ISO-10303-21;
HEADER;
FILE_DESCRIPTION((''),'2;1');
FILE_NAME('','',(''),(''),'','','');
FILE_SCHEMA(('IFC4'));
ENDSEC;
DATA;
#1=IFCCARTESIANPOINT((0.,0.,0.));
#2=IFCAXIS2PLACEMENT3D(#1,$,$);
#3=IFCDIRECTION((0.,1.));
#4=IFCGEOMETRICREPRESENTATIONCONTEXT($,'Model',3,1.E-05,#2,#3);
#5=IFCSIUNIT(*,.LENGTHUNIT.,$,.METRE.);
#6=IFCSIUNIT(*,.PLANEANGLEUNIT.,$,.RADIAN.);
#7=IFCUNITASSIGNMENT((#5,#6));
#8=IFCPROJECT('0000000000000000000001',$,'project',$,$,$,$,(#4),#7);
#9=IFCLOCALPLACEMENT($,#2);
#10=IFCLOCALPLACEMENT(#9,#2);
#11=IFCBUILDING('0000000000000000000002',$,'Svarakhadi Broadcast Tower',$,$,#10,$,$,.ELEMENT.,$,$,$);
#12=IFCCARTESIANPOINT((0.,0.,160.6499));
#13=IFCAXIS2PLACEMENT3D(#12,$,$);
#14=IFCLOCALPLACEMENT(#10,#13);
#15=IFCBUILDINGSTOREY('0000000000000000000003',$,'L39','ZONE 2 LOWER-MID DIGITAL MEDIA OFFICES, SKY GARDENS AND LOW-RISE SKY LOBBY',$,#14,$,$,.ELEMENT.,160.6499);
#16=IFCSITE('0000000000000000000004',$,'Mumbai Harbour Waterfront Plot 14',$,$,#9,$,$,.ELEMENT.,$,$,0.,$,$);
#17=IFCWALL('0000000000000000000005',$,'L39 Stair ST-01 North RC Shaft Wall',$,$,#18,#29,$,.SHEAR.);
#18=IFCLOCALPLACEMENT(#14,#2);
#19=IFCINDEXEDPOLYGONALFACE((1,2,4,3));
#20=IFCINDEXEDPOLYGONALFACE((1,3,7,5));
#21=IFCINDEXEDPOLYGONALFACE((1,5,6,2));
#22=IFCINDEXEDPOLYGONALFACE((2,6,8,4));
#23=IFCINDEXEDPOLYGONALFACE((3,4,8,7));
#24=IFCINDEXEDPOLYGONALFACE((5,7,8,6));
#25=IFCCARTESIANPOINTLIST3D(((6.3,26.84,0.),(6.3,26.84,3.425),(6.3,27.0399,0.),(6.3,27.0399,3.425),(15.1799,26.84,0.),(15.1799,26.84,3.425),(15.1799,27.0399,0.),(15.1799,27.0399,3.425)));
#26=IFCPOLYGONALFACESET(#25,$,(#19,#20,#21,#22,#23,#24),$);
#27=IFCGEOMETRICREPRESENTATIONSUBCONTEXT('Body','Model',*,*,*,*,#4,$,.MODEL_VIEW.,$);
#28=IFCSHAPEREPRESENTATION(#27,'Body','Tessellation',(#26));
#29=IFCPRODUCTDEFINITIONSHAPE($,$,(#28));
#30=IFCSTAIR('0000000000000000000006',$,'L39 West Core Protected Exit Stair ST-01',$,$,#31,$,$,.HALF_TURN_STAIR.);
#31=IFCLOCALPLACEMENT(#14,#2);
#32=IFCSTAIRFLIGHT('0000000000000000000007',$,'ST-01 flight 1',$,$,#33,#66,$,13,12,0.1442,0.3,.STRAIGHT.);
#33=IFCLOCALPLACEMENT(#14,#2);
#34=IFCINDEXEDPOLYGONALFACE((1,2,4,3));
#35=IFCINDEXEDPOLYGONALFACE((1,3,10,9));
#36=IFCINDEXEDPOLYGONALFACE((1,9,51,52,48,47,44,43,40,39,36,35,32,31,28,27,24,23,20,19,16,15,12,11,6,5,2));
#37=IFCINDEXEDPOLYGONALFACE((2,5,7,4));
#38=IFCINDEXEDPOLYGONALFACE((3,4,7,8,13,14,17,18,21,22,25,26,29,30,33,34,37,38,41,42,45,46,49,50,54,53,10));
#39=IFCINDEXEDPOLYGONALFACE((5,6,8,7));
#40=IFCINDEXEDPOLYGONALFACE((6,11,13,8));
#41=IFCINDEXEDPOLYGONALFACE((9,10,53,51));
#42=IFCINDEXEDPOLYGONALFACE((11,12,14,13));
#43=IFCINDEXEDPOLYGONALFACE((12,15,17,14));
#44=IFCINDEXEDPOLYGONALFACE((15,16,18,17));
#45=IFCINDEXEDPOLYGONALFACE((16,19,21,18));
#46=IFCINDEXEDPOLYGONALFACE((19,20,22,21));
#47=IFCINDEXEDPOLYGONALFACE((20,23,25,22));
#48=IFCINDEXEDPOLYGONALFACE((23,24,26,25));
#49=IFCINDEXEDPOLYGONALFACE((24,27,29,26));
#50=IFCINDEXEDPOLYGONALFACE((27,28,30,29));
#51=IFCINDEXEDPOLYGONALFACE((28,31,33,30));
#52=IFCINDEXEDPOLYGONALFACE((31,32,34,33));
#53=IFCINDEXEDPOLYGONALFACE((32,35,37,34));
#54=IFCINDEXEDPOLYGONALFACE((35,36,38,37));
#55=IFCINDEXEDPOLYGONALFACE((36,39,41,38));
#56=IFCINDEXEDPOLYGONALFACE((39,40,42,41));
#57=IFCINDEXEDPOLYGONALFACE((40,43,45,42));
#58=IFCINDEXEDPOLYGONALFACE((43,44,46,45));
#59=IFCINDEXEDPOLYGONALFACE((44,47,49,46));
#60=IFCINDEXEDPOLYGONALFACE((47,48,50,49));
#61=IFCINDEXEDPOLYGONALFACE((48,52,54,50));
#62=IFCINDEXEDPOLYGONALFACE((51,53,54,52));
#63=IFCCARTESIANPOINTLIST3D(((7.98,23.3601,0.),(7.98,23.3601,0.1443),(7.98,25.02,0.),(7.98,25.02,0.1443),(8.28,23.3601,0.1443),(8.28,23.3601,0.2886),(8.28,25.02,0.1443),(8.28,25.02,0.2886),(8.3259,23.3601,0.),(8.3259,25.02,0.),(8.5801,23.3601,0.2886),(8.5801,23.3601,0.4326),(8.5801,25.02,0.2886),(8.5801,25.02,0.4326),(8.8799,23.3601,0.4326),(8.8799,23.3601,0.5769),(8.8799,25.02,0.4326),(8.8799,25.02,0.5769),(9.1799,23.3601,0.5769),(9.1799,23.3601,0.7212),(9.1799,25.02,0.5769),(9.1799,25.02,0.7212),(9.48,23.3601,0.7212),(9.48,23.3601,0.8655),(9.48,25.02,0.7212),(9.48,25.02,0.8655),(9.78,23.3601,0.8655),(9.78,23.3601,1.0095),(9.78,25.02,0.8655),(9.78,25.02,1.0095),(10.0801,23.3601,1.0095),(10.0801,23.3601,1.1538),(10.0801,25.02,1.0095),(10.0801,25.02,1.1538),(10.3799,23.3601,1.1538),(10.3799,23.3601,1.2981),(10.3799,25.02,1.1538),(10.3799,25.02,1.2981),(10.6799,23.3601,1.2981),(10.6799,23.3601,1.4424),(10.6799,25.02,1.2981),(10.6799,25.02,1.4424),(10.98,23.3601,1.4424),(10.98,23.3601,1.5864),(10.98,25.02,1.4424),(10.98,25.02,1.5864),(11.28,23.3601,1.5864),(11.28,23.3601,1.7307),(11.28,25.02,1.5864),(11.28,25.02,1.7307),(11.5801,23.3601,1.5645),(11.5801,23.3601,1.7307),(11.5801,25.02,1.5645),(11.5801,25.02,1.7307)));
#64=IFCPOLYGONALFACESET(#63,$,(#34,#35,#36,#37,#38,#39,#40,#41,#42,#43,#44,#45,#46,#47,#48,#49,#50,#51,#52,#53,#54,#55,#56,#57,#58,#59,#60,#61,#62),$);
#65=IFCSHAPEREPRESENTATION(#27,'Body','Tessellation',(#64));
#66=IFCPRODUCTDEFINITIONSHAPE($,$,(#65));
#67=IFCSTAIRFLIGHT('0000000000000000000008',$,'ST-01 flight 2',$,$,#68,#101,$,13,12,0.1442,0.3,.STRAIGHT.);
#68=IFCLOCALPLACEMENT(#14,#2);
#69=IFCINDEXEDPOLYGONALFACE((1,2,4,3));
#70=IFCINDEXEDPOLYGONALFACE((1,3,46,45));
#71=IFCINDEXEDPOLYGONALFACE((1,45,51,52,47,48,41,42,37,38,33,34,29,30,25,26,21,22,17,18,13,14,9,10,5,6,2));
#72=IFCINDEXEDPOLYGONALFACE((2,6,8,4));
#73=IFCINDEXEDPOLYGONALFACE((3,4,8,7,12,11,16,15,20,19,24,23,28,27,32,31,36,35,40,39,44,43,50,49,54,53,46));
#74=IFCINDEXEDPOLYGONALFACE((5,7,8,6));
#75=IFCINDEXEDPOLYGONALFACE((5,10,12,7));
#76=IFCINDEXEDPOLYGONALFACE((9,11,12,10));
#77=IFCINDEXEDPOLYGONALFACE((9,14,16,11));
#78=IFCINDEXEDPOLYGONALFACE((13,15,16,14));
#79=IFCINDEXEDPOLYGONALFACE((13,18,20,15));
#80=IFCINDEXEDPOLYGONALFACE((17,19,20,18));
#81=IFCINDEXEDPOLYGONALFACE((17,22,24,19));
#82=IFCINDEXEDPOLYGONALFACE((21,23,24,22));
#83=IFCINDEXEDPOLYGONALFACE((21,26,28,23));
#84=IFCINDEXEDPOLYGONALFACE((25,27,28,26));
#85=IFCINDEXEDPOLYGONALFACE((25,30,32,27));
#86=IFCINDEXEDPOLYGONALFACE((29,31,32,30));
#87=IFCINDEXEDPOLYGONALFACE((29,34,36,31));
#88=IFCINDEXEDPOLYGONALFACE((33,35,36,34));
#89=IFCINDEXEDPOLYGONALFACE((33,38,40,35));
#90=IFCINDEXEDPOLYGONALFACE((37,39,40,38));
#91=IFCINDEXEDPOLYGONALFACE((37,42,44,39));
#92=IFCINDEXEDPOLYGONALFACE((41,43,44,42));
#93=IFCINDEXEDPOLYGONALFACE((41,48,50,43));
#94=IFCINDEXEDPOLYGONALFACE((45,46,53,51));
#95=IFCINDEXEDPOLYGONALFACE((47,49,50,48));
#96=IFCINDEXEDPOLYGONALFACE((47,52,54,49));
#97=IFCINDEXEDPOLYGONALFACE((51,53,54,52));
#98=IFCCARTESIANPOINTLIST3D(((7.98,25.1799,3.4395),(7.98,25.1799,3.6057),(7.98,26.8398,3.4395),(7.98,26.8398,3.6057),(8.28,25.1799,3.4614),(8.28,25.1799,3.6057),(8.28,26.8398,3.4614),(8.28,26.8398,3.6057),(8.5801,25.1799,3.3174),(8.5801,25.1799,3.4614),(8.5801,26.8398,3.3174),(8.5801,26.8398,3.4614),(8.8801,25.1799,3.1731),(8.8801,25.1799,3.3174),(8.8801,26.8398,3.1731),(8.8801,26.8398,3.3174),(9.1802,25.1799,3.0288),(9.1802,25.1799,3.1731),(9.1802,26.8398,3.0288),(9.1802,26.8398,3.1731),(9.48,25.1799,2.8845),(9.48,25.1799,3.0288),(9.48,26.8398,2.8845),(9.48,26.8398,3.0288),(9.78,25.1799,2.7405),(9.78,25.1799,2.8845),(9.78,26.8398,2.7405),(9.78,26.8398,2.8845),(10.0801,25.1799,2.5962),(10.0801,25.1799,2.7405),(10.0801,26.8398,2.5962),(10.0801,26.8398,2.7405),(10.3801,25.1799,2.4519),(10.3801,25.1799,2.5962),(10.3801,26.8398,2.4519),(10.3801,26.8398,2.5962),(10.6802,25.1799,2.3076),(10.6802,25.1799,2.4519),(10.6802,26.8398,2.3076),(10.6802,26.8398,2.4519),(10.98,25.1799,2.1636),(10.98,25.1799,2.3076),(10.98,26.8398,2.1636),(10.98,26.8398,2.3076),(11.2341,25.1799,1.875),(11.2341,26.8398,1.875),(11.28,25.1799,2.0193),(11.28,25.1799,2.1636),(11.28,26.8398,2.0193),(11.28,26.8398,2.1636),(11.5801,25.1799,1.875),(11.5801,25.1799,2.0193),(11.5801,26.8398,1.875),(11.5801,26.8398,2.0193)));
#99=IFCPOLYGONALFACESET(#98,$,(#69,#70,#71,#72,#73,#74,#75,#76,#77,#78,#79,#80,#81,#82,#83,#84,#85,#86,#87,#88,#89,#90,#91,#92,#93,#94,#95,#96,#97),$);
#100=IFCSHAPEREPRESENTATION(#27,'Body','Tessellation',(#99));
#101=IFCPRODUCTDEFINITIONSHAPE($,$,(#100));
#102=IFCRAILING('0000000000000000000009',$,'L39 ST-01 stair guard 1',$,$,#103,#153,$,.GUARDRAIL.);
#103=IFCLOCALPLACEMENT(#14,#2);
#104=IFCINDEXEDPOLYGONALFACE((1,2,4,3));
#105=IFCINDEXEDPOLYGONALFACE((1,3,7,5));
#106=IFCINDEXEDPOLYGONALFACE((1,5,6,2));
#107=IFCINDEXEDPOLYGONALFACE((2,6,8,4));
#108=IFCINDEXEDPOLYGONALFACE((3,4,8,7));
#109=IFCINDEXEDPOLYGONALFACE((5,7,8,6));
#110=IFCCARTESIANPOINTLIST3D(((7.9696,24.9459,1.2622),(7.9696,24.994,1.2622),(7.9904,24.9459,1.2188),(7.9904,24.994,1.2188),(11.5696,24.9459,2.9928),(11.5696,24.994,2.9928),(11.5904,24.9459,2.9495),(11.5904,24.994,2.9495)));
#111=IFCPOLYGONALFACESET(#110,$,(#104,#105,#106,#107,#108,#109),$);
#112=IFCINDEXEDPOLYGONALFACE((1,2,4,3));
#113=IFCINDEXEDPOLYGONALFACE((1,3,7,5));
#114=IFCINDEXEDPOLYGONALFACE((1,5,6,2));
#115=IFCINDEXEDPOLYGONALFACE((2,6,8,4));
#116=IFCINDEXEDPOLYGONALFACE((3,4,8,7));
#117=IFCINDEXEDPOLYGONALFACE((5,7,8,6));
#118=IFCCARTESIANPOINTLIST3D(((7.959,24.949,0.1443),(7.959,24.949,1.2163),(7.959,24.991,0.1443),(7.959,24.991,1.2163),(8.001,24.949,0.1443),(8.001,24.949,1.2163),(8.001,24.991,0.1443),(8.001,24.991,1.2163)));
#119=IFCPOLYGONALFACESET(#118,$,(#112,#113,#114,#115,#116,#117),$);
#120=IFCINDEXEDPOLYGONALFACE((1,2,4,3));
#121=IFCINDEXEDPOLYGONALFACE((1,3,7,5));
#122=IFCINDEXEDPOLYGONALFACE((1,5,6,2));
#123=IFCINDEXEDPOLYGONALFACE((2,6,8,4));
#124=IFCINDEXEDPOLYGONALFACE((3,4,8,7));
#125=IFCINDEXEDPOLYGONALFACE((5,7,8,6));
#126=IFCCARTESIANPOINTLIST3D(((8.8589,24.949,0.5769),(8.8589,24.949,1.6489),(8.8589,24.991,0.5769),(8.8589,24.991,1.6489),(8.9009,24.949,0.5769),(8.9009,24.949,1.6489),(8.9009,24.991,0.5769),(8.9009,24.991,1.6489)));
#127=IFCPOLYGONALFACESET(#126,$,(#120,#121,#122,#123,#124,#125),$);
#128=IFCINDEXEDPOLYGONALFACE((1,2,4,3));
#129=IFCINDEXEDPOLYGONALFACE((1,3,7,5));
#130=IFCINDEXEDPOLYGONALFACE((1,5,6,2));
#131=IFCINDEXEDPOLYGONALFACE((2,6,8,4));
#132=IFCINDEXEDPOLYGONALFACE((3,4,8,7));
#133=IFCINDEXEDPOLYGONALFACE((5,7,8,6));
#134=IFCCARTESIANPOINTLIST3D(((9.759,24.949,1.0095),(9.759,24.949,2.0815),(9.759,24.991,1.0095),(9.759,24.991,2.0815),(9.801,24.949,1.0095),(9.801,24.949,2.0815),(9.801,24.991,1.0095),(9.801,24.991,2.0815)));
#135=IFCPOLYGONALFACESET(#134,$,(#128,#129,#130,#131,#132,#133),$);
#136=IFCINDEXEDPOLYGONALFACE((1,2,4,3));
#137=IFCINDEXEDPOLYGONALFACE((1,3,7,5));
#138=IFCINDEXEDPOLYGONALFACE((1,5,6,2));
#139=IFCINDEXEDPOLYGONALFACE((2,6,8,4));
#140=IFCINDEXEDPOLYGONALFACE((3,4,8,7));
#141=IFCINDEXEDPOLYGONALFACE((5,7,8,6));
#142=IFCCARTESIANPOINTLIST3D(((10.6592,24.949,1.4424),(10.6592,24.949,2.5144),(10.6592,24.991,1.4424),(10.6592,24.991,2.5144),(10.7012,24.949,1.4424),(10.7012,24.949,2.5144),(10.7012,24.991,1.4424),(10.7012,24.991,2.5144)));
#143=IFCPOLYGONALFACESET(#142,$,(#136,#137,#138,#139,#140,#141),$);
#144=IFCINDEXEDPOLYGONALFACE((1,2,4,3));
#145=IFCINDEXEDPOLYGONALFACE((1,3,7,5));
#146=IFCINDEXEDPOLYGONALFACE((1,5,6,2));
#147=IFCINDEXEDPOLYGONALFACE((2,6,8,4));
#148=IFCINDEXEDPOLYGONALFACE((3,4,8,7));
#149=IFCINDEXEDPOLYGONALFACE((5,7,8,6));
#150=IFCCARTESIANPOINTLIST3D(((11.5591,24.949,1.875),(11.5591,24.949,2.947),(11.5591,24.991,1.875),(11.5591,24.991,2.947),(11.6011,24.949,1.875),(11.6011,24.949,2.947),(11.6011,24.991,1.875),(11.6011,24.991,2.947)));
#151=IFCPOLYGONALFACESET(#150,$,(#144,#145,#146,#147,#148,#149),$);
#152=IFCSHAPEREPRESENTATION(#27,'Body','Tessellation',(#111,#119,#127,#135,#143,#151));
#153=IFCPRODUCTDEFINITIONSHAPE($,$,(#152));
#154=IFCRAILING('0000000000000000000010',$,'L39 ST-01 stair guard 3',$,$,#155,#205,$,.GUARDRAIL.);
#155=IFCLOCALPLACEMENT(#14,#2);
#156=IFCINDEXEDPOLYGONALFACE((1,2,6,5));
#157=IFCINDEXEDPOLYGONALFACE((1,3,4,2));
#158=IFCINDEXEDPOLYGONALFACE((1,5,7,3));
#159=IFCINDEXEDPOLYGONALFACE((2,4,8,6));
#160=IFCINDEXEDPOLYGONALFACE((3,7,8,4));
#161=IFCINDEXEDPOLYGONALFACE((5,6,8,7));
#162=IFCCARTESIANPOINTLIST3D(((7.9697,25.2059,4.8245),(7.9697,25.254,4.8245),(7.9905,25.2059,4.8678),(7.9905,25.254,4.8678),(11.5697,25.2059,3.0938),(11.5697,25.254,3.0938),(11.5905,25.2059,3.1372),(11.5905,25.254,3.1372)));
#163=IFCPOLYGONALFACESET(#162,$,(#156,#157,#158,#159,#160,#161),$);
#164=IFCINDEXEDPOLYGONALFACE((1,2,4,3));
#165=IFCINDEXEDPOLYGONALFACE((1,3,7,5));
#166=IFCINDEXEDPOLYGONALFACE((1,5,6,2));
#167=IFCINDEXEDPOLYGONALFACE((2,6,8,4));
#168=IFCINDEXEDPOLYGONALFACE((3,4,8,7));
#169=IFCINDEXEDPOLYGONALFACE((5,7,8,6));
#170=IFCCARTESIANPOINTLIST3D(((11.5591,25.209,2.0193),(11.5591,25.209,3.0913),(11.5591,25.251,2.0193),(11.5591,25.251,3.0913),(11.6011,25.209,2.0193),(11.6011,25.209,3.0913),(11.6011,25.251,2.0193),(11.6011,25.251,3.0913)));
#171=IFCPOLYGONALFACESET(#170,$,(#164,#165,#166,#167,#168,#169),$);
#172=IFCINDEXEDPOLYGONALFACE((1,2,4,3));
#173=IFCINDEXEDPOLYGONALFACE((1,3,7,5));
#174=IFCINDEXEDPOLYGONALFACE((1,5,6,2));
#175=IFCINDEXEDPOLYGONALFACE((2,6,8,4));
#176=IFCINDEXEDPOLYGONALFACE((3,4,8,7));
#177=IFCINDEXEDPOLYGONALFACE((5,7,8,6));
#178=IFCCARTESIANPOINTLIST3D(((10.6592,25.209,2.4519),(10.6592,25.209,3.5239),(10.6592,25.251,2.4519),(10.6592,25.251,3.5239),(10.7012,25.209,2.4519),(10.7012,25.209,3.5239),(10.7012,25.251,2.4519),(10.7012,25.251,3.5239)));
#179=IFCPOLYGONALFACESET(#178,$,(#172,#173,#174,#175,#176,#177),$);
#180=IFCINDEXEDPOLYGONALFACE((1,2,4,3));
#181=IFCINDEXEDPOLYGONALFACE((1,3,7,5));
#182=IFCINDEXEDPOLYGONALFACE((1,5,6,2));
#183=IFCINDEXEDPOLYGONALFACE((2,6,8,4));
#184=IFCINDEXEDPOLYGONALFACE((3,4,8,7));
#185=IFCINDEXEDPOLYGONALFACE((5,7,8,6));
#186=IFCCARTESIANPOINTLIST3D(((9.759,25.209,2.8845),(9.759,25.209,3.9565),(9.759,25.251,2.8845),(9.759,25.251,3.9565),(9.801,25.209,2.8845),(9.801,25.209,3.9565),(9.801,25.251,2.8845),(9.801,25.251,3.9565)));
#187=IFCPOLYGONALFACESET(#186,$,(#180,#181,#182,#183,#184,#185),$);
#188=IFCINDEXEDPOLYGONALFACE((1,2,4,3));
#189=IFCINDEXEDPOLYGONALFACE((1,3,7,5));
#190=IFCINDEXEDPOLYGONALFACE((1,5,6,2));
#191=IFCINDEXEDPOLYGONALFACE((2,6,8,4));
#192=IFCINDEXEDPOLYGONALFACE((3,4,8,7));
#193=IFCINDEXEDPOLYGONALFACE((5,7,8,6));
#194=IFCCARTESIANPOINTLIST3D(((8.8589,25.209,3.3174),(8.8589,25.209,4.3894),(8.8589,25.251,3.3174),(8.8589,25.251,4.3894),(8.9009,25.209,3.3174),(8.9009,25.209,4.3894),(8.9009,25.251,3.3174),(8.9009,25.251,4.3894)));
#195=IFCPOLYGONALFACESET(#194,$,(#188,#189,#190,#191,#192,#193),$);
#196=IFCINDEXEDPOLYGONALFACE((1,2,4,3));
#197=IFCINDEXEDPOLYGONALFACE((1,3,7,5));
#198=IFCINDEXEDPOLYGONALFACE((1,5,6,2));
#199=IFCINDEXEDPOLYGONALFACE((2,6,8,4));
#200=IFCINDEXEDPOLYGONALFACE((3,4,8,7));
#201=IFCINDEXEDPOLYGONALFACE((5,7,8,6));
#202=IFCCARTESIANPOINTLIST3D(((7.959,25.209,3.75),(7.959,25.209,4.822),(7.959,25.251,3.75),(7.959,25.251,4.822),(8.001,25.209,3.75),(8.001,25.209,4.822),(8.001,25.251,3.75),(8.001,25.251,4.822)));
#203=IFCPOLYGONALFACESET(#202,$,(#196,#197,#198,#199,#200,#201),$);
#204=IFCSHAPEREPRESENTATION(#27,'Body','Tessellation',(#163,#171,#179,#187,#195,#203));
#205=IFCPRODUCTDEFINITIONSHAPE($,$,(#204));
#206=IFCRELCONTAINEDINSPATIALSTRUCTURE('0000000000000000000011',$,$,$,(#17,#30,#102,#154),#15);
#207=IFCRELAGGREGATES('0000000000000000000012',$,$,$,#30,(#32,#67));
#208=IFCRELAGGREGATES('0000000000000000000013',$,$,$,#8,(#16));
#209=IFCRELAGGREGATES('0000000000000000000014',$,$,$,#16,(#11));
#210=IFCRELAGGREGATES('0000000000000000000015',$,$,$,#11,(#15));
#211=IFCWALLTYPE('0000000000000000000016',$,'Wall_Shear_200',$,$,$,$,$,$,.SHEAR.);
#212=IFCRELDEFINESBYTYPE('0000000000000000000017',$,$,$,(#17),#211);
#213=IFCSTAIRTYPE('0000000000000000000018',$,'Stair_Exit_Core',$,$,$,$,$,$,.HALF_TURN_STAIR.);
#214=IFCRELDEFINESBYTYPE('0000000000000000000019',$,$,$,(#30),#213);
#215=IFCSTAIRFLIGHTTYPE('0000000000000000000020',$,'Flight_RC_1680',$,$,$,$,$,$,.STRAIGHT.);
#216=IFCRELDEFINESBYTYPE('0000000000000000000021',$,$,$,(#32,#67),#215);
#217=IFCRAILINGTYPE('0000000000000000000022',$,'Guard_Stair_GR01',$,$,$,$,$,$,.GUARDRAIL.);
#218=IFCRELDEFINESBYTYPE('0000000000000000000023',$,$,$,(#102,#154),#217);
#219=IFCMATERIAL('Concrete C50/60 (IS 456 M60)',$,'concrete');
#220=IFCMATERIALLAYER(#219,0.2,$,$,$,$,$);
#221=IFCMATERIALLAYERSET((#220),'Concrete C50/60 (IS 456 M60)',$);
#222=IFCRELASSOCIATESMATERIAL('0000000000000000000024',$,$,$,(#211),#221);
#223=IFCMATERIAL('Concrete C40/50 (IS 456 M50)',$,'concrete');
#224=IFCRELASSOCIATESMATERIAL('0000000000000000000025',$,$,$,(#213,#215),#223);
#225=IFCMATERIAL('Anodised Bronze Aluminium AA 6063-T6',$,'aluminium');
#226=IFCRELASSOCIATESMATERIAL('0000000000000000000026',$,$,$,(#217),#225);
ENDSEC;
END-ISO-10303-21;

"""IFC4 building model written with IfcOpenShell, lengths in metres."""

from ifc_helpers import new_model, si_unit, direction, frame, frame_2d, origin, origin_2d, place, context, subcontext, project, spatial, polyline, rectangle, outline, extrude, material, layer, layer_set, type_object, element, aggregate, save


model = new_model("IFC4")

# Units and contexts
model_context = context("Model", 3, precision=1e-05, world=origin(), true_north=direction((0.0, 1.0)))
body_context = subcontext(model_context, "Body", "Model", "MODEL_VIEW")
ifc_project = project(units=[si_unit("LENGTHUNIT", "METRE"), si_unit("PLANEANGLEUNIT", "RADIAN")], contexts=[model_context])

# Site, building, storey
site_placement = place(None, origin())
site = spatial("IfcSite", under=ifc_project, at=site_placement, Name="Mumbai Harbour Waterfront Plot 14", CompositionType="ELEMENT", RefElevation=0.0)
building_placement = place(site_placement, origin())
building = spatial("IfcBuilding", under=site, at=building_placement, Name="Svarakhadi Broadcast Tower", CompositionType="ELEMENT")
storey_placement = place(building_placement, frame((0.0, 0.0, 160.6499)))
storey = spatial("IfcBuildingStorey", under=building, at=storey_placement, Name="L39", Description="ZONE 2 LOWER-MID DIGITAL MEDIA OFFICES, SKY GARDENS AND LOW-RISE SKY LOBBY", CompositionType="ELEMENT", Elevation=160.6499)

# Shared definitions
ifc_material_1 = material(Name="Concrete C50/60 (IS 456 M60)", Category="concrete")

# Shared definitions
ifc_material_2 = material(Name="Concrete C40/50 (IS 456 M50)", Category="concrete")

# Shared definitions
ifc_layer_1 = layer(ifc_material_1, 0.2)
ifc_layer_set_1 = layer_set([ifc_layer_1], Name="Concrete C50/60 (IS 456 M60)")
wall_type_1 = type_object("IfcWallType", Name="Wall_Shear_200", PredefinedType="SHEAR", material=ifc_layer_set_1)

# Wall
wall_1_placement = place(storey_placement, frame((6.3, 26.9399, 0.0), z_axis=(0.0, 0.0, 1.0), x_axis=(1.0, 0.0, 0.0)))
element("IfcWall", 1, at=wall_1_placement, inside=storey, type_object=wall_type_1, Name="L39 Stair ST-01 North RC Shaft Wall", PredefinedType="SHEAR", context=body_context, shape_type="SweptSolid", body=[
    extrude(rectangle(XDim=8.8799, YDim=0.2, at=frame_2d((4.4399, 0.0))), origin(), (0.0, 0.0, 1.0), 3.425),
])

# Stair, stair flights
stair_type = type_object("IfcStairType", Name="Stair_Exit_Core", PredefinedType="HALF_TURN_STAIR", material=ifc_material_2)
stair_placement = place(storey_placement, origin())
stair = element("IfcStair", 2, at=stair_placement, inside=storey, type_object=stair_type, Name="L39 West Core Protected Exit Stair ST-01", PredefinedType="HALF_TURN_STAIR")
stair_flight_type = type_object("IfcStairFlightType", Name="Flight_RC_1680", PredefinedType="STRAIGHT", material=ifc_material_2)
stair_flight_1_placement = place(storey_placement, frame((7.98, 24.1899, 0.0), z_axis=(0.0, 0.0, 1.0), x_axis=(1.0, 0.0, 0.0)))
stair_flight_1 = element("IfcStairFlight", 3, at=stair_flight_1_placement, type_object=stair_flight_type, Name="ST-01 flight 1", NumberOfRisers=13, NumberOfTreads=12, PredefinedType="STRAIGHT", RiserHeight=0.1442, TreadLength=0.3, context=body_context, shape_type="SweptSolid", body=[
    extrude(outline(polyline([(0.0, 0.0), (0.0, 0.1443), (0.3, 0.1443), (0.3, 0.2886), (0.6001, 0.2886), (0.6001, 0.4326), (0.8999, 0.4326), (0.8999, 0.5769), (1.2, 0.5769), (1.2, 0.7212), (1.5, 0.7212), (1.5, 0.8655), (1.8, 0.8655), (1.8, 1.0095), (2.1001, 1.0095), (2.1001, 1.1538), (2.3999, 1.1538), (2.3999, 1.2981), (2.7, 1.2981), (2.7, 1.4424), (3.0, 1.4424), (3.0, 1.5864), (3.3, 1.5864), (3.3, 1.7307), (3.6001, 1.7307), (3.6001, 1.875), (3.6001, 1.5645), (0.3459, 0.0), (0.0, 0.0)])), frame((0.0, 0.8301, 0.0), z_axis=(0.0, -1.0, 0.0), x_axis=(1.0, 0.0, 0.0)), (0.0, 0.0, 1.0), 1.6599),
])
stair_flight_2_placement = place(storey_placement, frame((11.5801, 26.01, 1.875), z_axis=(0.0, 0.0, 1.0), x_axis=(-1.0, 0.0, 0.0)))
stair_flight_2 = element("IfcStairFlight", 4, at=stair_flight_2_placement, type_object=stair_flight_type, Name="ST-01 flight 2", NumberOfRisers=13, NumberOfTreads=12, PredefinedType="STRAIGHT", RiserHeight=0.1442, TreadLength=0.3, context=body_context, shape_type="SweptSolid", body=[
    extrude(outline(polyline([(0.0, 0.0), (0.0, 0.1443), (0.3, 0.1443), (0.3, 0.2886), (0.6001, 0.2886), (0.6001, 0.4326), (0.8999, 0.4326), (0.8999, 0.5769), (1.2, 0.5769), (1.2, 0.7212), (1.5, 0.7212), (1.5, 0.8655), (1.8, 0.8655), (1.8, 1.0095), (2.1001, 1.0095), (2.1001, 1.1538), (2.3999, 1.1538), (2.3999, 1.2981), (2.7, 1.2981), (2.7, 1.4424), (3.0, 1.4424), (3.0, 1.5864), (3.3, 1.5864), (3.3, 1.7307), (3.6001, 1.7307), (3.6001, 1.875), (3.6001, 1.5645), (0.3459, 0.0), (0.0, 0.0)])), frame((0.0, 0.8301, 0.0), z_axis=(0.0, -1.0, 0.0), x_axis=(1.0, 0.0, 0.0)), (0.0, 0.0, 1.0), 1.6599),
])
aggregate(stair, [stair_flight_1, stair_flight_2])

# Railings
ifc_material_3 = material(Name="Anodised Bronze Aluminium AA 6063-T6", Category="aluminium")
railing_type_1 = type_object("IfcRailingType", Name="Guard_Stair_GR01", PredefinedType="GUARDRAIL", material=ifc_material_3)
railing_1_placement = place(storey_placement, frame((7.98, 24.97, 0.1443)))
element("IfcRailing", 5, at=railing_1_placement, inside=storey, type_object=railing_type_1, Name="L39 ST-01 stair guard 1", PredefinedType="GUARDRAIL", context=body_context, shape_type="SweptSolid", body=[
    extrude(rectangle(XDim=0.0481, YDim=0.0481, at=origin_2d()), frame((0.0, 0.0, 1.0962), z_axis=(0.901263, 0.0, 0.433273), x_axis=(0.0, 1.0, 0.0)), (0.0, 0.0, 1.0), 3.9944),
    extrude(rectangle(XDim=0.042, YDim=0.042, at=origin_2d()), origin(), (0.0, 0.0, 1.0), 1.072),
    extrude(rectangle(XDim=0.042, YDim=0.042, at=origin_2d()), frame((0.8999, 0.0, 0.4326)), (0.0, 0.0, 1.0), 1.072),
    extrude(rectangle(XDim=0.042, YDim=0.042, at=origin_2d()), frame((1.8, 0.0, 0.8652)), (0.0, 0.0, 1.0), 1.072),
    extrude(rectangle(XDim=0.042, YDim=0.042, at=origin_2d()), frame((2.7002, 0.0, 1.2981)), (0.0, 0.0, 1.0), 1.072),
    extrude(rectangle(XDim=0.042, YDim=0.042, at=origin_2d()), frame((3.6001, 0.0, 1.7307)), (0.0, 0.0, 1.0), 1.072),
])
railing_2_placement = place(storey_placement, frame((11.5801, 25.23, 2.0193)))
element("IfcRailing", 6, at=railing_2_placement, inside=storey, type_object=railing_type_1, Name="L39 ST-01 stair guard 3", PredefinedType="GUARDRAIL", context=body_context, shape_type="SweptSolid", body=[
    extrude(rectangle(XDim=0.0481, YDim=0.0481, at=origin_2d()), frame((0.0, 0.0, 1.0962), z_axis=(-0.901263, 0.0, 0.433273), x_axis=(0.0, -1.0, 0.0)), (0.0, 0.0, 1.0), 3.9944),
    extrude(rectangle(XDim=0.042, YDim=0.042, at=origin_2d()), origin(), (0.0, 0.0, 1.0), 1.072),
    extrude(rectangle(XDim=0.042, YDim=0.042, at=origin_2d()), frame((-0.8999, 0.0, 0.4326)), (0.0, 0.0, 1.0), 1.072),
    extrude(rectangle(XDim=0.042, YDim=0.042, at=origin_2d()), frame((-1.8, 0.0, 0.8652)), (0.0, 0.0, 1.0), 1.072),
    extrude(rectangle(XDim=0.042, YDim=0.042, at=origin_2d()), frame((-2.7002, 0.0, 1.2981)), (0.0, 0.0, 1.0), 1.072),
    extrude(rectangle(XDim=0.042, YDim=0.042, at=origin_2d()), frame((-3.6001, 0.0, 1.7307)), (0.0, 0.0, 1.0), 1.072),
])

save(model, "model.ifc")
